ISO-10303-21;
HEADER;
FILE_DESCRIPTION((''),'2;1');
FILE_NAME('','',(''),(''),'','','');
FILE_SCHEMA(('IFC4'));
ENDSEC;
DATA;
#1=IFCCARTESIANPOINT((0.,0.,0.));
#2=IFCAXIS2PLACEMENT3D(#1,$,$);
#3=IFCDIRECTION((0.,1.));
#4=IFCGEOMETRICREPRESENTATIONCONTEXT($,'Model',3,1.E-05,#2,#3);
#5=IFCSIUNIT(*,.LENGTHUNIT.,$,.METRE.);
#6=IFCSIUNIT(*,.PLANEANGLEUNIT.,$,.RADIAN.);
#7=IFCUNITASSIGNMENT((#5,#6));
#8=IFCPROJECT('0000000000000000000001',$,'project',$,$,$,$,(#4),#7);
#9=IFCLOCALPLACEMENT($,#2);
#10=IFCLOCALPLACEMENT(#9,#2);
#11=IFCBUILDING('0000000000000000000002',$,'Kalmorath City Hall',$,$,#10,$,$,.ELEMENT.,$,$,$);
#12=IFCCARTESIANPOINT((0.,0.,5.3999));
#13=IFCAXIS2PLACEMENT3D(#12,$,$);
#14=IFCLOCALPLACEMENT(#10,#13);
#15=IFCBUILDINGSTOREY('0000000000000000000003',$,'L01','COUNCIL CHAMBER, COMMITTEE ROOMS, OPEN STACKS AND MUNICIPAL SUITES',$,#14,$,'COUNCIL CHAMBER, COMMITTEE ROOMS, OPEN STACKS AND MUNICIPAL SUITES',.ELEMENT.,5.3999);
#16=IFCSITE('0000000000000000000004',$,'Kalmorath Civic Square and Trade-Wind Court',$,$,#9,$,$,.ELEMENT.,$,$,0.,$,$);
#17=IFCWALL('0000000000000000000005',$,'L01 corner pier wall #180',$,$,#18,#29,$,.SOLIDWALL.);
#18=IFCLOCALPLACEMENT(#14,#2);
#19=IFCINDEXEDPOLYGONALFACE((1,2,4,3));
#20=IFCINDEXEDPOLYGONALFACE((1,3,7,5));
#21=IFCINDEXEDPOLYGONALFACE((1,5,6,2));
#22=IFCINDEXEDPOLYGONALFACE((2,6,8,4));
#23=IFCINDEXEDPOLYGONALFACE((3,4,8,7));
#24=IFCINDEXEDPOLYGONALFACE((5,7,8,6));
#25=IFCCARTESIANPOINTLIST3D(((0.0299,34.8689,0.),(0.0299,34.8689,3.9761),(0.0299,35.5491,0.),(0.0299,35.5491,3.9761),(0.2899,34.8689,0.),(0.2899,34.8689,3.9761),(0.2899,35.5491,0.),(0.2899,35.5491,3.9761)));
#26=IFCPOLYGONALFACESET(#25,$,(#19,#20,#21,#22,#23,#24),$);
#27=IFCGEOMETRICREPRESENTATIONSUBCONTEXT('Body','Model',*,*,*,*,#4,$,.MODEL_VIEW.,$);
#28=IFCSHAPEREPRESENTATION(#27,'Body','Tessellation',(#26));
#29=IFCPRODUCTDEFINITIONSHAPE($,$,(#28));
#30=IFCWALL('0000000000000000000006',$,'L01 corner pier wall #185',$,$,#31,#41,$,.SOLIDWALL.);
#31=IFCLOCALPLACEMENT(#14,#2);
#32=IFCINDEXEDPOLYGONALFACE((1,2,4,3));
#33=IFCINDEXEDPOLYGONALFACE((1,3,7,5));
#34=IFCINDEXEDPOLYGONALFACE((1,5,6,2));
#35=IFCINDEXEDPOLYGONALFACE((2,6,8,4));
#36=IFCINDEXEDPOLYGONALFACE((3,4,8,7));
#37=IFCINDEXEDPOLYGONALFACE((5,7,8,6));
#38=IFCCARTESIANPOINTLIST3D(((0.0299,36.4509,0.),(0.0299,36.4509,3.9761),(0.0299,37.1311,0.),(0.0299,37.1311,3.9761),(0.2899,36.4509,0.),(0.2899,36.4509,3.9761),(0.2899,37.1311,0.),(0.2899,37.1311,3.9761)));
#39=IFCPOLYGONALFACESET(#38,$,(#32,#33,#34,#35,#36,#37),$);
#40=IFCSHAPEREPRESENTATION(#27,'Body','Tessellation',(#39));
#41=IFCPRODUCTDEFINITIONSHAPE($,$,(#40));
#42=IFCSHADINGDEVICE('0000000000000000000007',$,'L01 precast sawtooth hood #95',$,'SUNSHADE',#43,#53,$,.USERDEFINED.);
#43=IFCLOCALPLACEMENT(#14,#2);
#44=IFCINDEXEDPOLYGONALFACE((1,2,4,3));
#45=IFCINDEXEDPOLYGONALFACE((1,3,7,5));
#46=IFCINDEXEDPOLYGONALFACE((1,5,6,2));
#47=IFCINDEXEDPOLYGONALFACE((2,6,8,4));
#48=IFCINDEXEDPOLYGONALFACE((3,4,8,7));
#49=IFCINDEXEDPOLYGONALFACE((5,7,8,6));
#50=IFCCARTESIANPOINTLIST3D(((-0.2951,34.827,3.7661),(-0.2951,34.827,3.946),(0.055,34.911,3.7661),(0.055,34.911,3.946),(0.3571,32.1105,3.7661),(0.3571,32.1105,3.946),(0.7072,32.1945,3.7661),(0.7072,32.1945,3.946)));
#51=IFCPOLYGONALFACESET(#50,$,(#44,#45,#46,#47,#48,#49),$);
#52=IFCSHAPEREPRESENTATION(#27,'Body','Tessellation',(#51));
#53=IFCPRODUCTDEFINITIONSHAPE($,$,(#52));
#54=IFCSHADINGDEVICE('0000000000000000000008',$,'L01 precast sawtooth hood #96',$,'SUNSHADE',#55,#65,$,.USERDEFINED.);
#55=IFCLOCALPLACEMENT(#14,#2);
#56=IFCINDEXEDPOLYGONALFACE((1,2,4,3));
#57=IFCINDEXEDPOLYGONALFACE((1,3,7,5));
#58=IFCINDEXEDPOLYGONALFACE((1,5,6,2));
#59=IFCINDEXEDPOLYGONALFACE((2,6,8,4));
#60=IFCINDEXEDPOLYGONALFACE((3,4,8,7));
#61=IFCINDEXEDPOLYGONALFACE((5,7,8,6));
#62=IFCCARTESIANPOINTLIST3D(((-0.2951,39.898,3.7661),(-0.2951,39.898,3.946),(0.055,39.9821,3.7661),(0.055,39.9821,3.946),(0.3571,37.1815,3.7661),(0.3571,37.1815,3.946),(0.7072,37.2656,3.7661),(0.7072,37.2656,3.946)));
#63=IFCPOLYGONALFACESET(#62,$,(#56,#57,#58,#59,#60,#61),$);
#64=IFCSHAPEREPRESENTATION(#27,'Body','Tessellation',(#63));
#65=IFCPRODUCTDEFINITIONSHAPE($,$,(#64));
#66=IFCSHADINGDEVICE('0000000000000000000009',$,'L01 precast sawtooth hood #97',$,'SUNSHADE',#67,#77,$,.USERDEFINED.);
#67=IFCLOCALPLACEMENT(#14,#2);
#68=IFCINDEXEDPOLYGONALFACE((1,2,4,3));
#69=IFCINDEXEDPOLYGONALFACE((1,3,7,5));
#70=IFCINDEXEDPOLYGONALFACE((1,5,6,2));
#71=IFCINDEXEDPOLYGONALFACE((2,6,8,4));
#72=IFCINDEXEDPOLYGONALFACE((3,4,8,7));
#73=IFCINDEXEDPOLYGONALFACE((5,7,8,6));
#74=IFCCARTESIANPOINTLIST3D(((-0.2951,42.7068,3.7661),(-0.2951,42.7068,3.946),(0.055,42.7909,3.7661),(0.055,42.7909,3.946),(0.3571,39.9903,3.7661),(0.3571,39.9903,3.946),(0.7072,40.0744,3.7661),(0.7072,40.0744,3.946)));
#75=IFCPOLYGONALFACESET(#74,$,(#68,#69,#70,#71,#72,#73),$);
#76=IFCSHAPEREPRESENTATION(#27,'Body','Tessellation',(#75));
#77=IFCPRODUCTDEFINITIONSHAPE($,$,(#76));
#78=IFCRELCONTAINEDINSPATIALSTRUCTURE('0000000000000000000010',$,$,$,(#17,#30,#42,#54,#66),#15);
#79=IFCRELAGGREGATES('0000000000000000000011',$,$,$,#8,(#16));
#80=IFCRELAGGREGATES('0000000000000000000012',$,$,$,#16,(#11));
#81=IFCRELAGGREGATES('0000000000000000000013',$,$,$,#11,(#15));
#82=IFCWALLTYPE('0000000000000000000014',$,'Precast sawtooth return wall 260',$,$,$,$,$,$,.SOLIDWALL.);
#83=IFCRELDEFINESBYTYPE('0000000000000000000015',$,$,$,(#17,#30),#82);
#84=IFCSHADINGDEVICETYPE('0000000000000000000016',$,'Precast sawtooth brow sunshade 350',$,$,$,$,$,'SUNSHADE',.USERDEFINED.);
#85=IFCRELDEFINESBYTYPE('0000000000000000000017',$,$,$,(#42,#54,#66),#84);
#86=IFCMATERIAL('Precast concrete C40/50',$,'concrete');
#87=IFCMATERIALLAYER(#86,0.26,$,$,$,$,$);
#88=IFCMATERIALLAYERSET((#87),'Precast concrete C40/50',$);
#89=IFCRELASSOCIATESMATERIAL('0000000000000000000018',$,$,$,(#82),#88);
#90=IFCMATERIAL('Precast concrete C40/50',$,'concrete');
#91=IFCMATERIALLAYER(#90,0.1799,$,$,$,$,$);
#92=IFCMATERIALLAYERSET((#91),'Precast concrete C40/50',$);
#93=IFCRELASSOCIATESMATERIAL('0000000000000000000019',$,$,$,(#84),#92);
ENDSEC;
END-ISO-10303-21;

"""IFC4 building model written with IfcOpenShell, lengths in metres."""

from ifc_helpers import new_model, si_unit, direction, frame, frame_2d, origin, origin_2d, place, context, subcontext, project, spatial, rectangle, extrude, material, layer, layer_set, type_object, element, save


model = new_model("IFC4")

# Units and contexts
model_context = context("Model", 3, precision=1e-05, world=origin(), true_north=direction((0.0, 1.0)))
body_context = subcontext(model_context, "Body", "Model", "MODEL_VIEW")
ifc_project = project(units=[si_unit("LENGTHUNIT", "METRE"), si_unit("PLANEANGLEUNIT", "RADIAN")], contexts=[model_context])

# Site, building, storey
site_placement = place(None, origin())
site = spatial("IfcSite", under=ifc_project, at=site_placement, Name="Kalmorath Civic Square and Trade-Wind Court", CompositionType="ELEMENT", RefElevation=0.0)
building_placement = place(site_placement, origin())
building = spatial("IfcBuilding", under=site, at=building_placement, Name="Kalmorath City Hall", CompositionType="ELEMENT")
storey_placement = place(building_placement, frame((0.0, 0.0, 5.3999)))
storey = spatial("IfcBuildingStorey", under=building, at=storey_placement, Name="L01", Description="COUNCIL CHAMBER, COMMITTEE ROOMS, OPEN STACKS AND MUNICIPAL SUITES", LongName="COUNCIL CHAMBER, COMMITTEE ROOMS, OPEN STACKS AND MUNICIPAL SUITES", CompositionType="ELEMENT", Elevation=5.3999)

# Walls
ifc_material_1 = material(Name="Precast concrete C40/50", Category="concrete")
ifc_layer_1 = layer(ifc_material_1, 0.26)
ifc_layer_set_1 = layer_set([ifc_layer_1], Name="Precast concrete C40/50")
wall_type_1 = type_object("IfcWallType", Name="Precast sawtooth return wall 260", PredefinedType="SOLIDWALL", material=ifc_layer_set_1)
for number, where, z_axis, x_axis, name in (
    (1, (0.1599, 34.8689, 0.0), (0.0, 0.0, 1.0), (0.0, 1.0, 0.0), "L01 corner pier wall #180"),
    (2, (0.1599, 36.4509, 0.0), (0.0, 0.0, 1.0), (0.0, 1.0, 0.0), "L01 corner pier wall #185"),
):
    element("IfcWall", number, at=place(storey_placement, frame(where, z_axis=z_axis, x_axis=x_axis)), inside=storey, type_object=wall_type_1, Name=name, PredefinedType="SOLIDWALL", context=body_context, shape_type="SweptSolid", body=[
        extrude(rectangle(XDim=0.6802, YDim=0.26, at=frame_2d((0.3401, 0.0))), origin(), (0.0, 0.0, 1.0), 3.9761),
    ])

# Shading devices
ifc_material_2 = material(Name="Precast concrete C40/50", Category="concrete")
ifc_layer_2 = layer(ifc_material_2, 0.1799)
ifc_layer_set_2 = layer_set([ifc_layer_2], Name="Precast concrete C40/50")
shading_device_type = type_object("IfcShadingDeviceType", Name="Precast sawtooth brow sunshade 350", ElementType="SUNSHADE", PredefinedType="USERDEFINED", material=ifc_layer_set_2)
for number, where, z_axis, x_axis, name in (
    (3, (0.2061, 33.5107, 3.7661), (0.0, 0.0, 1.0), (-0.233445, 0.97237, 0.0), "L01 precast sawtooth hood #95"),
    (4, (0.2061, 38.5818, 3.7661), (0.0, 0.0, 1.0), (-0.233445, 0.97237, 0.0), "L01 precast sawtooth hood #96"),
    (5, (0.2061, 41.3906, 3.7661), (0.0, 0.0, 1.0), (-0.233445, 0.97237, 0.0), "L01 precast sawtooth hood #97"),
):
    element("IfcShadingDevice", number, at=place(storey_placement, frame(where, z_axis=z_axis, x_axis=x_axis)), inside=storey, type_object=shading_device_type, Name=name, ObjectType="SUNSHADE", PredefinedType="USERDEFINED", context=body_context, shape_type="SweptSolid", body=[
        extrude(rectangle(XDim=2.7937, YDim=0.3601, at=origin_2d()), origin(), (0.0, 0.0, 1.0), 0.1799),
    ])

save(model, "model.ifc")
